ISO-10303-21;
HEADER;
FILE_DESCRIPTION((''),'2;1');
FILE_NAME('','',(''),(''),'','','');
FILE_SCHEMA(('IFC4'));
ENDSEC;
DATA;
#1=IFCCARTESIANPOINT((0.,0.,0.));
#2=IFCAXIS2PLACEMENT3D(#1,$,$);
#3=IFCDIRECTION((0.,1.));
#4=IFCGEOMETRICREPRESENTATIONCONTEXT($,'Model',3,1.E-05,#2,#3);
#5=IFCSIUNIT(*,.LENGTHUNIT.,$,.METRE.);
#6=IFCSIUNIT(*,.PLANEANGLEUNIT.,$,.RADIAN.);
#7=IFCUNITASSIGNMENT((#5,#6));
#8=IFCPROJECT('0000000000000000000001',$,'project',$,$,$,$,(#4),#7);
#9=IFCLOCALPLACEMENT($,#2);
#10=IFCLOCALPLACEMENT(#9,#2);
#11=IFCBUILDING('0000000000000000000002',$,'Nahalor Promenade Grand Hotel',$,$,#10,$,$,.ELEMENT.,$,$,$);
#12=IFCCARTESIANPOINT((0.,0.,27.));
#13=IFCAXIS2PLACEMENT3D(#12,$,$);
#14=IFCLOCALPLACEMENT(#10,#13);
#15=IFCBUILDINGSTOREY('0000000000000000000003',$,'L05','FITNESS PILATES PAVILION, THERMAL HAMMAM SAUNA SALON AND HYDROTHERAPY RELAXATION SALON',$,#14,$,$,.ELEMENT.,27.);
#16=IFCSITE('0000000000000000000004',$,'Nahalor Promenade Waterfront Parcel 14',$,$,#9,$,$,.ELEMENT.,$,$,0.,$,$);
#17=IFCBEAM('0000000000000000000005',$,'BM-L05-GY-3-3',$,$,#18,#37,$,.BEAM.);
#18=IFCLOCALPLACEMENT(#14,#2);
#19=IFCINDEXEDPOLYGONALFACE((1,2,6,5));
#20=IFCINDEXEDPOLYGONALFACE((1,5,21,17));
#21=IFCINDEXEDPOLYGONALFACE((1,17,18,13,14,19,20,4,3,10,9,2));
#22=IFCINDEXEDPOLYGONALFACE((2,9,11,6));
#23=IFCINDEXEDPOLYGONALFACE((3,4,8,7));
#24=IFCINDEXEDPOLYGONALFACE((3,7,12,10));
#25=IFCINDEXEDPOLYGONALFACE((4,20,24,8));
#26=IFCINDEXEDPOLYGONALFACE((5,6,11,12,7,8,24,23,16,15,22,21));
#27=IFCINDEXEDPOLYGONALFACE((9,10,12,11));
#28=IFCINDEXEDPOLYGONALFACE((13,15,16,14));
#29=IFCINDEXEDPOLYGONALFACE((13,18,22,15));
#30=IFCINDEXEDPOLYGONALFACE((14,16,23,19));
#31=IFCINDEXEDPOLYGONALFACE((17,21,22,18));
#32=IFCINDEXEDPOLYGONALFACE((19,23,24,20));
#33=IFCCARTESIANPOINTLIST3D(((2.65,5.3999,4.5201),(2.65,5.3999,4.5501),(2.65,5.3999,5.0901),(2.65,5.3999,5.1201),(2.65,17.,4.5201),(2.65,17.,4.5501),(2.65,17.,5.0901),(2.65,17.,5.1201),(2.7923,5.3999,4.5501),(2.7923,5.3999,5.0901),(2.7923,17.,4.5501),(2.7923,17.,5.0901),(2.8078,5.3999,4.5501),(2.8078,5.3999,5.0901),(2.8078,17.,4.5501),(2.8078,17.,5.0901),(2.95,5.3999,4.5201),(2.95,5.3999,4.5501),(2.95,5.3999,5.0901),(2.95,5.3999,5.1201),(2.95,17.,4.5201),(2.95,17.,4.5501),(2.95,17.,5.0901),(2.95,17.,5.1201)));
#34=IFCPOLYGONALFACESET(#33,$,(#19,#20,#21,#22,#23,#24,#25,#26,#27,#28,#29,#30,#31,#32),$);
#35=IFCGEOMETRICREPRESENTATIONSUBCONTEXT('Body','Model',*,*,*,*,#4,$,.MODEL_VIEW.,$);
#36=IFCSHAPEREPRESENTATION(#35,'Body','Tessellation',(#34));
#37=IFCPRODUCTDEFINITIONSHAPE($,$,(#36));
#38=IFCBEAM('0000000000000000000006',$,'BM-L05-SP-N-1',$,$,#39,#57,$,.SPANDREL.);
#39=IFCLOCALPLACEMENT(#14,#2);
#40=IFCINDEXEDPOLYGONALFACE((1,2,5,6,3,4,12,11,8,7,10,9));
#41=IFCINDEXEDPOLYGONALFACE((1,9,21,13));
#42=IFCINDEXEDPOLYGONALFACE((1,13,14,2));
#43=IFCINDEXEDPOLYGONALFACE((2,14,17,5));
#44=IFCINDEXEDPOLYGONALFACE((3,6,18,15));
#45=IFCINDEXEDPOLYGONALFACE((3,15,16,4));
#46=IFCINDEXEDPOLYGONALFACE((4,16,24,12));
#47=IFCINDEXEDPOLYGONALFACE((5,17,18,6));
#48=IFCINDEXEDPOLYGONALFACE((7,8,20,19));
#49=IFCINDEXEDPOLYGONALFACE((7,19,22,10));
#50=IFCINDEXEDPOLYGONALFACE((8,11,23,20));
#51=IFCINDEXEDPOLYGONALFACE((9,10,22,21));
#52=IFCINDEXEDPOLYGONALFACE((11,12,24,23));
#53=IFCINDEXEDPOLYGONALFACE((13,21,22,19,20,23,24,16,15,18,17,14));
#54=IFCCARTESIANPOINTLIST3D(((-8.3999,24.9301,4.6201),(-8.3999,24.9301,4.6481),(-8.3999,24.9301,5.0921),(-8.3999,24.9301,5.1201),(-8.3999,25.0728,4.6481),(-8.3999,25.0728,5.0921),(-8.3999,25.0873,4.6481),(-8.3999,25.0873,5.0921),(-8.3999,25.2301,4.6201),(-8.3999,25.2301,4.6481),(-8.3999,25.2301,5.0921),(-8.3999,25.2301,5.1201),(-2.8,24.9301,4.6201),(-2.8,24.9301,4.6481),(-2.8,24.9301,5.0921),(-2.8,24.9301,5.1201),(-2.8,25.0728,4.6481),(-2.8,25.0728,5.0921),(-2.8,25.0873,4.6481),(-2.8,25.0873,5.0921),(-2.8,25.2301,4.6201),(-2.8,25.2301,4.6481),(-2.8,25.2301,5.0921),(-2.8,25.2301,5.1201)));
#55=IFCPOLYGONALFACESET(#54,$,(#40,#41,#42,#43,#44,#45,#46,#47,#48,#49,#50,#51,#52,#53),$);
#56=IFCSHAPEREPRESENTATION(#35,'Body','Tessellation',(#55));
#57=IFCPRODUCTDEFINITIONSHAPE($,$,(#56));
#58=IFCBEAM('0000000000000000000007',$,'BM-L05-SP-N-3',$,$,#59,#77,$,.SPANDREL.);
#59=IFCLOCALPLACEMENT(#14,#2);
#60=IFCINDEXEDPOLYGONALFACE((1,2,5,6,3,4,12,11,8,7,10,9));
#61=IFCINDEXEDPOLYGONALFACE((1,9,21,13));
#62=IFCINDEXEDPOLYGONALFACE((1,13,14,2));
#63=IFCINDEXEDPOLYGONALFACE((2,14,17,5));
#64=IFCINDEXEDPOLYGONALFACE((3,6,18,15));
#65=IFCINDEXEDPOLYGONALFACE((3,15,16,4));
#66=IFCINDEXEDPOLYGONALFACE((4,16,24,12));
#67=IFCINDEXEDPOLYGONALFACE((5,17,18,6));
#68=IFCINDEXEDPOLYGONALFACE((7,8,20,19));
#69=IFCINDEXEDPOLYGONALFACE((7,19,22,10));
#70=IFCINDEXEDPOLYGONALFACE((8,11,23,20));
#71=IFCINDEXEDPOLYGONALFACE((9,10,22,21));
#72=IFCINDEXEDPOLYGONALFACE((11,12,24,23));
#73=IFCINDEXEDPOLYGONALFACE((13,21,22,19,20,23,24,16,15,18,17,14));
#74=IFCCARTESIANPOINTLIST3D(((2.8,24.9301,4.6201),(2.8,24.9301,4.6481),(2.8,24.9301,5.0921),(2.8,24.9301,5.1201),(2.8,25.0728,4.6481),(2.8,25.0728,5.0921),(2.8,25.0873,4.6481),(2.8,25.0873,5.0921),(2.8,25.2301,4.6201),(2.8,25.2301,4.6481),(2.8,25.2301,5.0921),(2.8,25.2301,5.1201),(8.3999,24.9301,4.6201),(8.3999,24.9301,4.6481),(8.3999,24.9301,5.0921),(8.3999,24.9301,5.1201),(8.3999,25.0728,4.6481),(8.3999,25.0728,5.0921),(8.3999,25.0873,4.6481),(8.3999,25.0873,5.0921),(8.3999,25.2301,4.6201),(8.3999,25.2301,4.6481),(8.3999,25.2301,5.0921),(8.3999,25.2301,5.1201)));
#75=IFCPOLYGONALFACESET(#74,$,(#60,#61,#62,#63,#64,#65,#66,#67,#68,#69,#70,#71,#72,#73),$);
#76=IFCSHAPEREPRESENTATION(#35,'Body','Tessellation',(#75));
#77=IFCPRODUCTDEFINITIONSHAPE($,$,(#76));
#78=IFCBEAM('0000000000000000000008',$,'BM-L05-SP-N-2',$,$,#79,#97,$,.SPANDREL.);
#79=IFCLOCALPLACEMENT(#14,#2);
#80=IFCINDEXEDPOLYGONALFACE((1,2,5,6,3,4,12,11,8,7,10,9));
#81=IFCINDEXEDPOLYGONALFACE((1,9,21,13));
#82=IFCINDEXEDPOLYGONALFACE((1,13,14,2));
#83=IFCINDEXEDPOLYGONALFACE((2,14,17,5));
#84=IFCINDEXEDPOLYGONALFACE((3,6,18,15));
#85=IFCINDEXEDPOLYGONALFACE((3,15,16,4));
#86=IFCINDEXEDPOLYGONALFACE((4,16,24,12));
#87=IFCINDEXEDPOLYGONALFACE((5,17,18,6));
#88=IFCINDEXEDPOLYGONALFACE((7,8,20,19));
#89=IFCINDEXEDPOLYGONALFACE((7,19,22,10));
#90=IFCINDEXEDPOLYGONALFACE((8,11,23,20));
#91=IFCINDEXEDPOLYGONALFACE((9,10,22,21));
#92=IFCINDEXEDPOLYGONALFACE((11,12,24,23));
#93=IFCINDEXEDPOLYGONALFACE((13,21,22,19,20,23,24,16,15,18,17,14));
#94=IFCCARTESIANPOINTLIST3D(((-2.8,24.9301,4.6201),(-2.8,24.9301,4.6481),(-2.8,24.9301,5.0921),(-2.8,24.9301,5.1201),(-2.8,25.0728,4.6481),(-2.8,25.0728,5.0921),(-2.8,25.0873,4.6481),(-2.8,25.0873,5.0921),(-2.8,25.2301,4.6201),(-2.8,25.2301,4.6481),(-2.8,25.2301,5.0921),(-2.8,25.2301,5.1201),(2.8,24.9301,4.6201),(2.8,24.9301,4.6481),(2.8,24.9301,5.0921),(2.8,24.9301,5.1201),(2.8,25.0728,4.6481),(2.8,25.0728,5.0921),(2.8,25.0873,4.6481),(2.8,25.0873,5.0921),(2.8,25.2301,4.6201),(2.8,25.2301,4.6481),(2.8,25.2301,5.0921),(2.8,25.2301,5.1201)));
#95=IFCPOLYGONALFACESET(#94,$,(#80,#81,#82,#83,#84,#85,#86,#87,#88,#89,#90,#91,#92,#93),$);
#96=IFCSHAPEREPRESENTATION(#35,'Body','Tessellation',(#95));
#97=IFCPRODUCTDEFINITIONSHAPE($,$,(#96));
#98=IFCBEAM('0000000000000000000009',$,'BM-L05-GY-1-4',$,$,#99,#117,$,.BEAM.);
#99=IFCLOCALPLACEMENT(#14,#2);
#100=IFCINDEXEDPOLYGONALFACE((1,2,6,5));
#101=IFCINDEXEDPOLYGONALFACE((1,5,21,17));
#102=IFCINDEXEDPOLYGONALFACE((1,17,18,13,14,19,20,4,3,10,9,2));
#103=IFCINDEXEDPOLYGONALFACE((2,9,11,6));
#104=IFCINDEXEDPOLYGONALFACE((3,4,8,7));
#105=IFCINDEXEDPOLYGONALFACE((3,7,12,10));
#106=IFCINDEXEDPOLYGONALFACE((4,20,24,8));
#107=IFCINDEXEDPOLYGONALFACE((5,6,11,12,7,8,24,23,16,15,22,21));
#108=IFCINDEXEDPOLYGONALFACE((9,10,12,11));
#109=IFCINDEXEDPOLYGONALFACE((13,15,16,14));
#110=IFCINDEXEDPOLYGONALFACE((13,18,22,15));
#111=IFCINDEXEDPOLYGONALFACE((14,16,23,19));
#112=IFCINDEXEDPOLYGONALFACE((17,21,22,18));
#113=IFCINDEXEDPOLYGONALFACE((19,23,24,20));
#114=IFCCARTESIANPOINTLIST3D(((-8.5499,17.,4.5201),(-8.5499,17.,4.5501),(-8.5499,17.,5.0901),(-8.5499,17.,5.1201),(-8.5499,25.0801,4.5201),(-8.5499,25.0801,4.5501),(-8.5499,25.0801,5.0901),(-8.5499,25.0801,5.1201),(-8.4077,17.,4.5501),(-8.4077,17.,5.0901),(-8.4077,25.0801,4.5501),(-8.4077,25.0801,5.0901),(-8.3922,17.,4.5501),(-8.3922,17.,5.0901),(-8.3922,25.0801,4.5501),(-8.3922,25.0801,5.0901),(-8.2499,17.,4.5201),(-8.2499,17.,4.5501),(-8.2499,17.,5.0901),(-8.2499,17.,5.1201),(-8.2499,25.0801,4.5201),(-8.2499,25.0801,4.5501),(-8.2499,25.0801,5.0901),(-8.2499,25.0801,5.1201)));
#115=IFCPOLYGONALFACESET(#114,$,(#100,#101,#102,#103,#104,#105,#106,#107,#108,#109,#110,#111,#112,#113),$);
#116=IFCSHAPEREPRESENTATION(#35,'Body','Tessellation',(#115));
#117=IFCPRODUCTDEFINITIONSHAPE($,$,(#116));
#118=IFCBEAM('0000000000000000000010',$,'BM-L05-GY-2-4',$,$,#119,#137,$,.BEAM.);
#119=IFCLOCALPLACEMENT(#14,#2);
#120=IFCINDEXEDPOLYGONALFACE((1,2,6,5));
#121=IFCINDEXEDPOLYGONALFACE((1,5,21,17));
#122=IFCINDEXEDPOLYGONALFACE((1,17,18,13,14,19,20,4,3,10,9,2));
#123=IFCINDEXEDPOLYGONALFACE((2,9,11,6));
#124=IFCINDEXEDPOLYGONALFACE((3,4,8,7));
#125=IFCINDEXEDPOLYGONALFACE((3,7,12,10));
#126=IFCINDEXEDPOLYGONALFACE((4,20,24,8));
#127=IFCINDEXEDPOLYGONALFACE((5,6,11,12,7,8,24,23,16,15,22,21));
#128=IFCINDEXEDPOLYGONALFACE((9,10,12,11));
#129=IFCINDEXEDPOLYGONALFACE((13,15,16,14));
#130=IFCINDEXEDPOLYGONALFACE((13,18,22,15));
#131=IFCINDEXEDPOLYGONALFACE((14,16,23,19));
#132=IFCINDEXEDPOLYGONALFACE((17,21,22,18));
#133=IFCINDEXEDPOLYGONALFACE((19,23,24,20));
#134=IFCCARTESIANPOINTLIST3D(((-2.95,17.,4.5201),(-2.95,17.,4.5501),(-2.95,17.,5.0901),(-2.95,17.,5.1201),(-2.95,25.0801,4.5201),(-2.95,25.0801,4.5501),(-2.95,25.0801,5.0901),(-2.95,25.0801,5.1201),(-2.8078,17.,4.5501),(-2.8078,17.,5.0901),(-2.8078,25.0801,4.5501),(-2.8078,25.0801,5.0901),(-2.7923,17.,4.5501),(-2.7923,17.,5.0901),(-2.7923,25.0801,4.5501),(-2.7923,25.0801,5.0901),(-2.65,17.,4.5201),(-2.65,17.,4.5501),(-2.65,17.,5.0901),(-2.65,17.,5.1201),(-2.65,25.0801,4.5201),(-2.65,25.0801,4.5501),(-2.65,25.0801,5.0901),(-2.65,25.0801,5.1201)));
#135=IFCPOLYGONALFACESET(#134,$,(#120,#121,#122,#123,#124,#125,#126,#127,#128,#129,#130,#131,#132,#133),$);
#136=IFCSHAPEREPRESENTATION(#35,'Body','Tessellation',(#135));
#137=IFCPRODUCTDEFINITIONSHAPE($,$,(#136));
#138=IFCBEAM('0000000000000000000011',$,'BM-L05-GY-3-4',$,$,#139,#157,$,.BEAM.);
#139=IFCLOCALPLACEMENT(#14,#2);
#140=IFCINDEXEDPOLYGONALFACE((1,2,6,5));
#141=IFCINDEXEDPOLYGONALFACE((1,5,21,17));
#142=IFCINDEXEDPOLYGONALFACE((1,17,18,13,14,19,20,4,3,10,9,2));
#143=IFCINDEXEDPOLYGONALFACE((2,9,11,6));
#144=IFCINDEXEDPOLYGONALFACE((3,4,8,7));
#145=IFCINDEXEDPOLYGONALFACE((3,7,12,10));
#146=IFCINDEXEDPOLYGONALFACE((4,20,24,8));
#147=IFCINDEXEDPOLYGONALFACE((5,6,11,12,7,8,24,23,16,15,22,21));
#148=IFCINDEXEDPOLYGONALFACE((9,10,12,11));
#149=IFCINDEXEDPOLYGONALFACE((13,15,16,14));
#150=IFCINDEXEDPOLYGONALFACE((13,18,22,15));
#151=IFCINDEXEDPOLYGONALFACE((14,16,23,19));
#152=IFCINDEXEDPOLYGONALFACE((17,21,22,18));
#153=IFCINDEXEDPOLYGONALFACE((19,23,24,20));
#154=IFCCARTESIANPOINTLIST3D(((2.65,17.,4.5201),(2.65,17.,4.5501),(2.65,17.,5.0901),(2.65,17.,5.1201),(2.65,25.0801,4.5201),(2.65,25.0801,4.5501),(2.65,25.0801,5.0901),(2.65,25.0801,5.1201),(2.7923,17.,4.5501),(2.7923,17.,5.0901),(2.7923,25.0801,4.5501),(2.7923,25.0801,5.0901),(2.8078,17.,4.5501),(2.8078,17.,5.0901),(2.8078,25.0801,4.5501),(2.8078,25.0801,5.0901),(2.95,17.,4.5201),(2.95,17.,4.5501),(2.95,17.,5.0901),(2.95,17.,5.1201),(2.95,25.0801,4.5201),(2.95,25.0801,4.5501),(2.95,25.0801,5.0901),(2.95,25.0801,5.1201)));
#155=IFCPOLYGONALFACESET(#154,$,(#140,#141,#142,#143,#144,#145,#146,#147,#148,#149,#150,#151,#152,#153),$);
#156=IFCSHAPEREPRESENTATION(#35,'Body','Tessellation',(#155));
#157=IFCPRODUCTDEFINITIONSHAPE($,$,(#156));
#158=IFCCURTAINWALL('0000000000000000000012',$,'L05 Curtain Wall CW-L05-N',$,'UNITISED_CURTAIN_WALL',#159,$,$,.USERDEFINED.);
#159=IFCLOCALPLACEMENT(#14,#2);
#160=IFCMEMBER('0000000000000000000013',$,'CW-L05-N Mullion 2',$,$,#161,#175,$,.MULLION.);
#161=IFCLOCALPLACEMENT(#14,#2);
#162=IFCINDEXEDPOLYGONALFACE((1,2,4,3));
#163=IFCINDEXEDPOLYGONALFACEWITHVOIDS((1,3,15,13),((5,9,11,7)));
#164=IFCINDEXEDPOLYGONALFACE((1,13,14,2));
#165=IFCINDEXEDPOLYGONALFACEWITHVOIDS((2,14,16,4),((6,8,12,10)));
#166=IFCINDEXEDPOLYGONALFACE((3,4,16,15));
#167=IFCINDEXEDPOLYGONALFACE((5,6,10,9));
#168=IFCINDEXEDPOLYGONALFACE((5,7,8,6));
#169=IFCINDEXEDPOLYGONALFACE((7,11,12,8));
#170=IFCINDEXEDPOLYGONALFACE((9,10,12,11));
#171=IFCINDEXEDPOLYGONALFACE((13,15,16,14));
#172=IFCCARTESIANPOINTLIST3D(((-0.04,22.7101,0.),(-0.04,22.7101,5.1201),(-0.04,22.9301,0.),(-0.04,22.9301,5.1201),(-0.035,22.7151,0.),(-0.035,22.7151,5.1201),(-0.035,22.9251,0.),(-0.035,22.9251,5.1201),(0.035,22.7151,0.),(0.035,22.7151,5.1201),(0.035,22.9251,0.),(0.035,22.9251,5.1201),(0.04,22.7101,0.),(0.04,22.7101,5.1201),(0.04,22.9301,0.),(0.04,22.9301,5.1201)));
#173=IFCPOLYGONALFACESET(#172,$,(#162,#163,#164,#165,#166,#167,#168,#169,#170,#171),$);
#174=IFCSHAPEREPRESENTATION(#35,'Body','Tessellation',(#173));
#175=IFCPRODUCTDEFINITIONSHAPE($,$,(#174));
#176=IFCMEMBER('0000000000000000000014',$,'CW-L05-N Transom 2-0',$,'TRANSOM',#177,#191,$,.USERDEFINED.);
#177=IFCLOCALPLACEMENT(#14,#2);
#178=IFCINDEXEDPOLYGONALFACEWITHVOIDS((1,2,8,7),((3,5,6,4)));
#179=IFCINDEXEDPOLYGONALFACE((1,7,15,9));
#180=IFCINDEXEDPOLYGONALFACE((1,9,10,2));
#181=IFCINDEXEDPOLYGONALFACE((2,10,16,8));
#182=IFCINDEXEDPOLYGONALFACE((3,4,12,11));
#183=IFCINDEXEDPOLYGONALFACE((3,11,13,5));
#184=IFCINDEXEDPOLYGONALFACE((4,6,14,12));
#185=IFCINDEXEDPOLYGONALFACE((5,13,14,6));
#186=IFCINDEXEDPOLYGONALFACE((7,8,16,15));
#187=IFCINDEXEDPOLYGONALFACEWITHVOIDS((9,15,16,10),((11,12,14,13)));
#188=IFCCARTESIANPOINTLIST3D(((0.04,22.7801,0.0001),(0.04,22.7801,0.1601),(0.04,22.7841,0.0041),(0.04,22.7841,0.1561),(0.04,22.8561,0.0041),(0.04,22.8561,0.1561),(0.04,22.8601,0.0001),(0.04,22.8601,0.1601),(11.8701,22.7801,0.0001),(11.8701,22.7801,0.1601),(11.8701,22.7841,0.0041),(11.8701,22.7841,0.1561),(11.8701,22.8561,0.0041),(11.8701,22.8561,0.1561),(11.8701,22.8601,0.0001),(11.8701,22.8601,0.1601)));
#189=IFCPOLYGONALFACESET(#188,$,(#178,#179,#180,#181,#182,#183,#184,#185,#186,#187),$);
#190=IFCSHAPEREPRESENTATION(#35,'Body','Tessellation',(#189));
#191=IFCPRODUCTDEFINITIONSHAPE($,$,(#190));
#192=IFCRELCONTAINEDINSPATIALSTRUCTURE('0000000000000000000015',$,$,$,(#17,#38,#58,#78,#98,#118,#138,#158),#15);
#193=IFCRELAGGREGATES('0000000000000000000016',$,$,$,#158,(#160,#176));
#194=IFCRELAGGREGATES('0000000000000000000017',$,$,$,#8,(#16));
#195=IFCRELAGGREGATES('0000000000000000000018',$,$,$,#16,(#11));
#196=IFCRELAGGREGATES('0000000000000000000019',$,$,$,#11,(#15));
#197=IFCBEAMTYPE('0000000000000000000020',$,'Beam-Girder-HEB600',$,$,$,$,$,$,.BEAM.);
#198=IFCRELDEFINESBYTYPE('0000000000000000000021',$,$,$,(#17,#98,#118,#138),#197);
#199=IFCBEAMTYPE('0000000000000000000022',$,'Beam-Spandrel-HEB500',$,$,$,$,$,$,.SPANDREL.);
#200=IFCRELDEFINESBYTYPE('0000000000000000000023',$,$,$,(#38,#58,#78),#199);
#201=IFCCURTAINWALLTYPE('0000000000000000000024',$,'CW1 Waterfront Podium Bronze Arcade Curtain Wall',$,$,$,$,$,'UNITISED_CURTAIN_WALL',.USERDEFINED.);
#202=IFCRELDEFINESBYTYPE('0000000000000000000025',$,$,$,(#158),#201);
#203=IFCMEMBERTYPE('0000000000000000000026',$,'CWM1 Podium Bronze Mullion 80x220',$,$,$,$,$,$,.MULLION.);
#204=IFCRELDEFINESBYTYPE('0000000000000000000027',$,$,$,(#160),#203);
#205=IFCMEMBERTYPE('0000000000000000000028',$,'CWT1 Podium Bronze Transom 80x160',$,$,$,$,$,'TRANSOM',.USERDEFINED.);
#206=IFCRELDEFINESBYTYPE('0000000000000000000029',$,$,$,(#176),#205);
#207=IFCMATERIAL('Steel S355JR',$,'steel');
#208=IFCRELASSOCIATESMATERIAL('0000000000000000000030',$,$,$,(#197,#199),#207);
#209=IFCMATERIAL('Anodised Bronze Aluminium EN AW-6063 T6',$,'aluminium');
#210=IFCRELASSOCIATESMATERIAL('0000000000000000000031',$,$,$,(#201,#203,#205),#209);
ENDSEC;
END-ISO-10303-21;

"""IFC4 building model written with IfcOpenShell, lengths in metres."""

from ifc_helpers import new_model, si_unit, direction, frame, origin, origin_2d, place, context, subcontext, project, spatial, hollow_rectangle, i_section, extrude, source, transform, mapped, material, material_profile, profile_set, type_object, element, aggregate, save


model = new_model("IFC4")

# Units and contexts
model_context = context("Model", 3, precision=1e-05, world=origin(), true_north=direction((0.0, 1.0)))
body_context = subcontext(model_context, "Body", "Model", "MODEL_VIEW")
ifc_project = project(units=[si_unit("LENGTHUNIT", "METRE"), si_unit("PLANEANGLEUNIT", "RADIAN")], contexts=[model_context])

# Site, building, storey
site_placement = place(None, origin())
site = spatial("IfcSite", under=ifc_project, at=site_placement, Name="Nahalor Promenade Waterfront Parcel 14", CompositionType="ELEMENT", RefElevation=0.0)
building_placement = place(site_placement, origin())
building = spatial("IfcBuilding", under=site, at=building_placement, Name="Nahalor Promenade Grand Hotel", CompositionType="ELEMENT")
storey_placement = place(building_placement, frame((0.0, 0.0, 27.0)))
storey = spatial("IfcBuildingStorey", under=building, at=storey_placement, Name="L05", Description="FITNESS PILATES PAVILION, THERMAL HAMMAM SAUNA SALON AND HYDROTHERAPY RELAXATION SALON", CompositionType="ELEMENT", Elevation=27.0)

# Beams
ifc_material_1 = material(Name="Steel S355JR", Category="steel")
ifc_material_profile_1 = material_profile(ifc_material_1, i_section(OverallWidth=0.3, OverallDepth=0.6, WebThickness=0.0155, FlangeThickness=0.03, at=origin_2d()), Name="HEB 600")
ifc_profile_set_1 = profile_set([ifc_material_profile_1], Name="Steel S355JR")
beam_type_1 = type_object("IfcBeamType", Name="Beam-Girder-HEB600", PredefinedType="BEAM", material=ifc_profile_set_1)
shared_shape_1 = source(origin(), body_context, "Body", "SweptSolid", [
    extrude(i_section(OverallWidth=0.3, OverallDepth=0.6, WebThickness=0.0155, FlangeThickness=0.03, at=origin_2d()), origin(), (0.0, 0.0, 1.0), 11.6001),
])
beam_1_placement = place(storey_placement, frame((2.8, 5.3999, 4.8201), z_axis=(0.0, 1.0, 0.0), x_axis=(-1.0, 0.0, 0.0)))
element("IfcBeam", 1, at=beam_1_placement, inside=storey, type_object=beam_type_1, Name="BM-L05-GY-3-3", PredefinedType="BEAM", context=body_context, shape_type="MappedRepresentation", body=[
    mapped(shared_shape_1, transform((0.0, 0.0, 0.0), scale=1.0)),
])
ifc_material_profile_2 = material_profile(ifc_material_1, i_section(OverallWidth=0.3, OverallDepth=0.5, WebThickness=0.0145, FlangeThickness=0.028, at=origin_2d()), Name="HEB 500")
ifc_profile_set_2 = profile_set([ifc_material_profile_2], Name="Steel S355JR")
beam_type_2 = type_object("IfcBeamType", Name="Beam-Spandrel-HEB500", PredefinedType="SPANDREL", material=ifc_profile_set_2)
shared_shape_2 = source(origin(), body_context, "Body", "SweptSolid", [
    extrude(i_section(OverallWidth=0.3, OverallDepth=0.5, WebThickness=0.0145, FlangeThickness=0.028, at=origin_2d()), origin(), (0.0, 0.0, 1.0), 5.5999),
])
for number, where, z_axis, x_axis, name in (
    (2, (-8.3999, 25.0801, 4.8701), (1.0, 0.0, 0.0), (0.0, 1.0, 0.0), "BM-L05-SP-N-1"),
    (3, (2.8, 25.0801, 4.8701), (1.0, 0.0, 0.0), (0.0, 1.0, 0.0), "BM-L05-SP-N-3"),
):
    element("IfcBeam", number, at=place(storey_placement, frame(where, z_axis=z_axis, x_axis=x_axis)), inside=storey, type_object=beam_type_2, Name=name, PredefinedType="SPANDREL", context=body_context, shape_type="MappedRepresentation", body=[
        mapped(shared_shape_2, transform((0.0, 0.0, 0.0), scale=1.0)),
    ])
shared_shape_3 = source(origin(), body_context, "Body", "SweptSolid", [
    extrude(i_section(OverallWidth=0.3, OverallDepth=0.5, WebThickness=0.0145, FlangeThickness=0.028, at=origin_2d()), origin(), (0.0, 0.0, 1.0), 5.6001),
])
beam_2_placement = place(storey_placement, frame((-2.8, 25.0801, 4.8701), z_axis=(1.0, 0.0, 0.0), x_axis=(0.0, 1.0, 0.0)))
element("IfcBeam", 4, at=beam_2_placement, inside=storey, type_object=beam_type_2, Name="BM-L05-SP-N-2", PredefinedType="SPANDREL", context=body_context, shape_type="MappedRepresentation", body=[
    mapped(shared_shape_3, transform((0.0, 0.0, 0.0), scale=1.0)),
])
shared_shape_4 = source(origin(), body_context, "Body", "SweptSolid", [
    extrude(i_section(OverallWidth=0.3, OverallDepth=0.6, WebThickness=0.0155, FlangeThickness=0.03, at=origin_2d()), origin(), (0.0, 0.0, 1.0), 8.0801),
])
for number, where, z_axis, x_axis, name in (
    (5, (-8.3999, 17.0, 4.8201), (0.0, 1.0, 0.0), (-1.0, 0.0, 0.0), "BM-L05-GY-1-4"),
    (6, (-2.8, 17.0, 4.8201), (0.0, 1.0, 0.0), (-1.0, 0.0, 0.0), "BM-L05-GY-2-4"),
    (7, (2.8, 17.0, 4.8201), (0.0, 1.0, 0.0), (-1.0, 0.0, 0.0), "BM-L05-GY-3-4"),
):
    element("IfcBeam", number, at=place(storey_placement, frame(where, z_axis=z_axis, x_axis=x_axis)), inside=storey, type_object=beam_type_1, Name=name, PredefinedType="BEAM", context=body_context, shape_type="MappedRepresentation", body=[
        mapped(shared_shape_4, transform((0.0, 0.0, 0.0), scale=1.0)),
    ])

# Curtain wall, members
ifc_material_2 = material(Name="Anodised Bronze Aluminium EN AW-6063 T6", Category="aluminium")
curtain_wall_type = type_object("IfcCurtainWallType", Name="CW1 Waterfront Podium Bronze Arcade Curtain Wall", ElementType="UNITISED_CURTAIN_WALL", PredefinedType="USERDEFINED", material=ifc_material_2)
curtain_wall_placement = place(storey_placement, origin())
curtain_wall = element("IfcCurtainWall", 8, at=curtain_wall_placement, inside=storey, type_object=curtain_wall_type, Name="L05 Curtain Wall CW-L05-N", ObjectType="UNITISED_CURTAIN_WALL", PredefinedType="USERDEFINED")
ifc_material_profile_3 = material_profile(ifc_material_2, hollow_rectangle(XDim=0.08, YDim=0.22, WallThickness=0.005, at=origin_2d()), Name="CWM 80x220x5")
ifc_profile_set_3 = profile_set([ifc_material_profile_3], Name="Anodised Bronze Aluminium EN AW-6063 T6")
member_type_1 = type_object("IfcMemberType", Name="CWM1 Podium Bronze Mullion 80x220", PredefinedType="MULLION", material=ifc_profile_set_3)
shared_shape_5 = source(origin(), body_context, "Body", "SweptSolid", [
    extrude(hollow_rectangle(XDim=0.08, YDim=0.22, WallThickness=0.005, at=origin_2d()), origin(), (0.0, 0.0, 1.0), 5.1201),
])
member_1_placement = place(storey_placement, frame((0.0, 22.8201, 0.0), z_axis=(0.0, 0.0, 1.0), x_axis=(1.0, 0.0, 0.0)))
member_1 = element("IfcMember", 9, at=member_1_placement, type_object=member_type_1, Name="CW-L05-N Mullion 2", PredefinedType="MULLION", context=body_context, shape_type="MappedRepresentation", body=[
    mapped(shared_shape_5, transform((0.0, 0.0, 0.0), scale=1.0)),
])
ifc_material_profile_4 = material_profile(ifc_material_2, hollow_rectangle(XDim=0.08, YDim=0.16, WallThickness=0.004, at=origin_2d()), Name="CWT 80x160x4")
ifc_profile_set_4 = profile_set([ifc_material_profile_4], Name="Anodised Bronze Aluminium EN AW-6063 T6")
member_type_2 = type_object("IfcMemberType", Name="CWT1 Podium Bronze Transom 80x160", ElementType="TRANSOM", PredefinedType="USERDEFINED", material=ifc_profile_set_4)
shared_shape_6 = source(origin(), body_context, "Body", "SweptSolid", [
    extrude(hollow_rectangle(XDim=0.08, YDim=0.16, WallThickness=0.004, at=origin_2d()), origin(), (0.0, 0.0, 1.0), 11.8301),
])
member_2_placement = place(storey_placement, frame((0.04, 22.8201, 0.0801), z_axis=(1.0, 0.0, 0.0), x_axis=(0.0, 1.0, 0.0)))
member_2 = element("IfcMember", 10, at=member_2_placement, type_object=member_type_2, Name="CW-L05-N Transom 2-0", ObjectType="TRANSOM", PredefinedType="USERDEFINED", context=body_context, shape_type="MappedRepresentation", body=[
    mapped(shared_shape_6, transform((0.0, 0.0, 0.0), scale=1.0)),
])
aggregate(curtain_wall, [member_1, member_2])

save(model, "model.ifc")
